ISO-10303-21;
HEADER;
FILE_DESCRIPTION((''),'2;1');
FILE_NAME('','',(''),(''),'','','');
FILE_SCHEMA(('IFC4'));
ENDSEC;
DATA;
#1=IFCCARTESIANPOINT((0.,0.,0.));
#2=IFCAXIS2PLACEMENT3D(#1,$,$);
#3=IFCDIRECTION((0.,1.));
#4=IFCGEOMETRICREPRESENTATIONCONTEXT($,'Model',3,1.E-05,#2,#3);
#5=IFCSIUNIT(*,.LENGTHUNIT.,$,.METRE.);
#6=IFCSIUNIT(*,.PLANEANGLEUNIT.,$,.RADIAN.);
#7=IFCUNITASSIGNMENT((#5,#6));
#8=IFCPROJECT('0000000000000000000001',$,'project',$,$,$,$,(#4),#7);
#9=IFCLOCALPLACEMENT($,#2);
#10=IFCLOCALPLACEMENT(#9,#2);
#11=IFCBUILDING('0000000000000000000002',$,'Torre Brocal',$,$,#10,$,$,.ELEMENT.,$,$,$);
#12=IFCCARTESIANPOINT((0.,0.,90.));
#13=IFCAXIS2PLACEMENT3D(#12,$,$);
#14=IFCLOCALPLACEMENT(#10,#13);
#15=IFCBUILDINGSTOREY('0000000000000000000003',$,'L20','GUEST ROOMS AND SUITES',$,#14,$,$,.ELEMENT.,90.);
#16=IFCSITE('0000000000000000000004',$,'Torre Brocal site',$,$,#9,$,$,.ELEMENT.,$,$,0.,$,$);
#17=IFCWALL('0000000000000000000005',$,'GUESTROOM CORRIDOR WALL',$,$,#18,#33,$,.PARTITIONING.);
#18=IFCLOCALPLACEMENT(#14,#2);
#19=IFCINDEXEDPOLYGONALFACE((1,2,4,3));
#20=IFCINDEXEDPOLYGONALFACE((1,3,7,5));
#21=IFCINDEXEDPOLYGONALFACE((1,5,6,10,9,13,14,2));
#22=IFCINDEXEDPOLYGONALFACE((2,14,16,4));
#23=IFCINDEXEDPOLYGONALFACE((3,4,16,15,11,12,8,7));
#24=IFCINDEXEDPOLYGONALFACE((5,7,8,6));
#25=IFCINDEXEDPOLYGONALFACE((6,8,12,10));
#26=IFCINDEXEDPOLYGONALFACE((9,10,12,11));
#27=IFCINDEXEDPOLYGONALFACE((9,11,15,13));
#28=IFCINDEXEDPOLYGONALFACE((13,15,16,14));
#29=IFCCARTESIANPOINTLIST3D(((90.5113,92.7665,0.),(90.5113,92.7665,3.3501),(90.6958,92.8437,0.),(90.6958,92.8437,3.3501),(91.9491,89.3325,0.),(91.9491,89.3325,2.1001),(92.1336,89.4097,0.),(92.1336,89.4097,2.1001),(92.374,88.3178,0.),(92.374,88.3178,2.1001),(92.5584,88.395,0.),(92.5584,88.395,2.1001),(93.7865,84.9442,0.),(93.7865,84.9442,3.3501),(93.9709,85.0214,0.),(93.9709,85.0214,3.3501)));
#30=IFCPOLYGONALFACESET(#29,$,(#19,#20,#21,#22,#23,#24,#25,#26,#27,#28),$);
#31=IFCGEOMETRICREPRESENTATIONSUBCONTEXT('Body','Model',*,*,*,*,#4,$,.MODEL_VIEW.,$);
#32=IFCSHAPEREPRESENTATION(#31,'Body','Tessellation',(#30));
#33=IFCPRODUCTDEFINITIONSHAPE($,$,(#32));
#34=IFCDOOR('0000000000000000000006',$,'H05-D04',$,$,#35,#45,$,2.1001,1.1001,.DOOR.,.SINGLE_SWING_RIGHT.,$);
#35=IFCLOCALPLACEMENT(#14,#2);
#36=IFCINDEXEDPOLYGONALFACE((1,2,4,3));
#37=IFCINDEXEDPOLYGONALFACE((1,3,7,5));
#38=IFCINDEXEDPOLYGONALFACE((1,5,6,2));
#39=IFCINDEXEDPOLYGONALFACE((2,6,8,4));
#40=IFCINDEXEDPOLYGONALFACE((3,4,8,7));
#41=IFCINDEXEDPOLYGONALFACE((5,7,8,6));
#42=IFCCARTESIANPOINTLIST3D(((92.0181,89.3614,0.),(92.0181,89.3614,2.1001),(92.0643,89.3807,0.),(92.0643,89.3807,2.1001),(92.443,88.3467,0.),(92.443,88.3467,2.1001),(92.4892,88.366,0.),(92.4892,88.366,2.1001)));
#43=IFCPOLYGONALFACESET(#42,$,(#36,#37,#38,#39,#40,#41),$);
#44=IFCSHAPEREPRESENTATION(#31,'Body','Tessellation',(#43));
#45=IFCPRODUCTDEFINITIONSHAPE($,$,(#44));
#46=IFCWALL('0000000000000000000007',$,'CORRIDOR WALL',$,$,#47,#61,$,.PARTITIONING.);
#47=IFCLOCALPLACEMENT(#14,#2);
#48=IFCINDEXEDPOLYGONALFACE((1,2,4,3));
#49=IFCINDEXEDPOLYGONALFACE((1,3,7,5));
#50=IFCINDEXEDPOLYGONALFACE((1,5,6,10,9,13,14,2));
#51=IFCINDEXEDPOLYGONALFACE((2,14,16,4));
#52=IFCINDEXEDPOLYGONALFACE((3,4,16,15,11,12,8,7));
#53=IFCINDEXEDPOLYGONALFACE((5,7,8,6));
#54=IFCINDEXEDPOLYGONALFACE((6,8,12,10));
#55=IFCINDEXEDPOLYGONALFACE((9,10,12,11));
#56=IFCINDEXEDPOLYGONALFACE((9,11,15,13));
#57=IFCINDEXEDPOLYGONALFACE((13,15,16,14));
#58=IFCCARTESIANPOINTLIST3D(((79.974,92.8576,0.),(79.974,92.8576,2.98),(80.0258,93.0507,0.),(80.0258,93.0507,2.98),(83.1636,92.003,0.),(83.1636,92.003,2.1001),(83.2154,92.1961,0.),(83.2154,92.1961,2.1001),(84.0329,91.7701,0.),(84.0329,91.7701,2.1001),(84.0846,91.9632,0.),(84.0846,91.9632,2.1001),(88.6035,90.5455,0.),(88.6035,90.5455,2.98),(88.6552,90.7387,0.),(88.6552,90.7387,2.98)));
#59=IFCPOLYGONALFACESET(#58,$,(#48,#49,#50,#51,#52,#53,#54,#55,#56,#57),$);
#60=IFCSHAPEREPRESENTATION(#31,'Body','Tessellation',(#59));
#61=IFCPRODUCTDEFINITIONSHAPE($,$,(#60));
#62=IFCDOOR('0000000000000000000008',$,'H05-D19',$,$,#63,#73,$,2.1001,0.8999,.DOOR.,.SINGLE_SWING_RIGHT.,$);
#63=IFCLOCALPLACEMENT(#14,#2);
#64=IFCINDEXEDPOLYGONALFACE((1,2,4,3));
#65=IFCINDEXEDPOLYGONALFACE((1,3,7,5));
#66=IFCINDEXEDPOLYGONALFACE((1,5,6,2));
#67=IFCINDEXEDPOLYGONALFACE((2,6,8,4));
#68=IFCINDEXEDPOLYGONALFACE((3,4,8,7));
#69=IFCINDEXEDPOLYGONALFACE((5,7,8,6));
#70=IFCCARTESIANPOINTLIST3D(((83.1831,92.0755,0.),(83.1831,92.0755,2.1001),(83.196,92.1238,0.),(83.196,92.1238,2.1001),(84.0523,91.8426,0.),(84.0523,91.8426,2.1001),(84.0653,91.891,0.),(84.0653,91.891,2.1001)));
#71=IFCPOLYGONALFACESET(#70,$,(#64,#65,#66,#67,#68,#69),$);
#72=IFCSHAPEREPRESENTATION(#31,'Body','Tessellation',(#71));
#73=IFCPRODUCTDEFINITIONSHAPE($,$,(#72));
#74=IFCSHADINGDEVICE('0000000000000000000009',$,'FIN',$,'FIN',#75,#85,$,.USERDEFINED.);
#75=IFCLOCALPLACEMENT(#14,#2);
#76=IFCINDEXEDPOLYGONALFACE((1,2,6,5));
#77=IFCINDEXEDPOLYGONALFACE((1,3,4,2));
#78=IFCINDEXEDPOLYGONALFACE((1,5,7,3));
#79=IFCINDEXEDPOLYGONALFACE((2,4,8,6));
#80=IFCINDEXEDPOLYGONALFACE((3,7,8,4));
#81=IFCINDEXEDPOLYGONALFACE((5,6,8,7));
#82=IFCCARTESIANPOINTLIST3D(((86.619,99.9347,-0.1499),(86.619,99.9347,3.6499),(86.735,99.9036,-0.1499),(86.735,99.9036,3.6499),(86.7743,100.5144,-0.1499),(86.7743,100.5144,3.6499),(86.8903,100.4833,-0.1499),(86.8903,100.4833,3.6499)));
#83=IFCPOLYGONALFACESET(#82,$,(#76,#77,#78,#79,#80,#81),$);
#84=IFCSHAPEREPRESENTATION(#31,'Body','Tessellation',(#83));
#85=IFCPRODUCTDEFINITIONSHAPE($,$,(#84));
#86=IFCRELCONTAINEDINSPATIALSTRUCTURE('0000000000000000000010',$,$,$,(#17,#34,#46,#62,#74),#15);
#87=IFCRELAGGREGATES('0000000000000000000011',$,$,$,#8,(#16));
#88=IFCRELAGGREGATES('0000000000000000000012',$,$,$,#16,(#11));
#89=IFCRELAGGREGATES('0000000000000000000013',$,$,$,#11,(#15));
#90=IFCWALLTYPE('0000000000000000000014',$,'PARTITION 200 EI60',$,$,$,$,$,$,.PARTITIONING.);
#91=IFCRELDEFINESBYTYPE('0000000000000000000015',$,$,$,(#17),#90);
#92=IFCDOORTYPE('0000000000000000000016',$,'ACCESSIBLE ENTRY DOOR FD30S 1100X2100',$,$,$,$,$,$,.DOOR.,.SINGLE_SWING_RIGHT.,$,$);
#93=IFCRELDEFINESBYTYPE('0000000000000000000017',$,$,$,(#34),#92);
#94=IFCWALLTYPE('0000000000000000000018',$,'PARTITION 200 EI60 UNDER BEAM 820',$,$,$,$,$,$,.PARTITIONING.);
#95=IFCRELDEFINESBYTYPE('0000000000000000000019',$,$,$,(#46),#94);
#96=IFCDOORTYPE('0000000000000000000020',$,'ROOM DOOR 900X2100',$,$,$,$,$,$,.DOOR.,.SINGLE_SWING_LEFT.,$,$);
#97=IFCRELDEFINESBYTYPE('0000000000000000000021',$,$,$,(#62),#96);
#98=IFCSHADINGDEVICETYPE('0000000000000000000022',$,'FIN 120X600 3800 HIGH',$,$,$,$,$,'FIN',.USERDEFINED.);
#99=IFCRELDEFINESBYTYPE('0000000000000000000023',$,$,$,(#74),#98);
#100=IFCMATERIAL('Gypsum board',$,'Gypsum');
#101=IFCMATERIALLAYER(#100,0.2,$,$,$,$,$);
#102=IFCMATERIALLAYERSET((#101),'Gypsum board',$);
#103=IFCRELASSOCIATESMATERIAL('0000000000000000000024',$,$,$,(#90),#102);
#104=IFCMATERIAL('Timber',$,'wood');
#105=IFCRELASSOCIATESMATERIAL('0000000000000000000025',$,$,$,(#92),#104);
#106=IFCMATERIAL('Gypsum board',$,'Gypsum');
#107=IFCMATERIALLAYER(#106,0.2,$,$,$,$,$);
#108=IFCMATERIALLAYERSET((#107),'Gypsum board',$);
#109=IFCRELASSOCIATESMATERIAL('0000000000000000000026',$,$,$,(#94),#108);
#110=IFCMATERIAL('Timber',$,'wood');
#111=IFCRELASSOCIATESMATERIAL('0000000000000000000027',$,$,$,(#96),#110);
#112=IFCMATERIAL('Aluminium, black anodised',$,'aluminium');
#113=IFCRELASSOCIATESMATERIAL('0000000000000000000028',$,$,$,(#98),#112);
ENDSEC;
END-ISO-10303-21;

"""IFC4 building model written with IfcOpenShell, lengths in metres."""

from ifc_helpers import new_model, si_unit, direction, frame, frame_2d, origin, origin_2d, place, context, subcontext, project, spatial, rectangle, extrude, material, layer, layer_set, material_profile, profile_set, type_object, element, fill, save


model = new_model("IFC4")

# Units and contexts
model_context = context("Model", 3, precision=1e-05, world=origin(), true_north=direction((0.0, 1.0)))
body_context = subcontext(model_context, "Body", "Model", "MODEL_VIEW")
ifc_project = project(units=[si_unit("LENGTHUNIT", "METRE"), si_unit("PLANEANGLEUNIT", "RADIAN")], contexts=[model_context])

# Site, building, storey
site_placement = place(None, origin())
site = spatial("IfcSite", under=ifc_project, at=site_placement, Name="Torre Brocal site", CompositionType="ELEMENT", RefElevation=0.0)
building_placement = place(site_placement, origin())
building = spatial("IfcBuilding", under=site, at=building_placement, Name="Torre Brocal", CompositionType="ELEMENT")
storey_placement = place(building_placement, frame((0.0, 0.0, 90.0)))
storey = spatial("IfcBuildingStorey", under=building, at=storey_placement, Name="L20", Description="GUEST ROOMS AND SUITES", CompositionType="ELEMENT", Elevation=90.0)

# Shared definitions
ifc_material_1 = material(Name="Gypsum board", Category="Gypsum")
ifc_layer_1 = layer(ifc_material_1, 0.2)
ifc_layer_set_1 = layer_set([ifc_layer_1], Name="Gypsum board")
wall_type_1 = type_object("IfcWallType", Name="PARTITION 200 EI60", PredefinedType="PARTITIONING", material=ifc_layer_set_1)

# Walls, openings, doors
wall_1_placement = place(storey_placement, frame((90.6035, 92.8052, 0.0), z_axis=(0.0, 0.0, 1.0), x_axis=(0.386209, -0.922411, 0.0)))
wall_1 = element("IfcWall", 1, at=wall_1_placement, inside=storey, type_object=wall_type_1, Name="GUESTROOM CORRIDOR WALL", PredefinedType="PARTITIONING", context=body_context, shape_type="SweptSolid", body=[
    extrude(rectangle(XDim=8.4802, YDim=0.2, at=frame_2d((4.2402, 0.0))), origin(), (0.0, 0.0, 1.0), 3.3501),
])
opening_1_placement = place(wall_1_placement, frame((3.7229, 0.0, 0.0)))
opening_1 = element("IfcOpeningElement", 2, at=opening_1_placement, cuts=wall_1, PredefinedType="OPENING", context=body_context, shape_type="SweptSolid", body=[
    extrude(rectangle(XDim=1.1001, YDim=2.1001, at=frame_2d((0.55, 1.05))), frame((0.0, 0.1099, 0.0), z_axis=(0.0, -1.0, 0.0), x_axis=(1.0, 0.0, 0.0)), (0.0, 0.0, 1.0), 0.22),
])
ifc_material_2 = material(Name="Timber", Category="wood")
door_type_1 = type_object("IfcDoorType", Name="ACCESSIBLE ENTRY DOOR FD30S 1100X2100", OperationType="SINGLE_SWING_RIGHT", PredefinedType="DOOR", material=ifc_material_2)
door_1_placement = place(opening_1_placement, origin())
door_1 = element("IfcDoor", 3, at=door_1_placement, inside=storey, type_object=door_type_1, Name="H05-D04", OperationType="SINGLE_SWING_RIGHT", OverallHeight=2.1001, OverallWidth=1.1001, PredefinedType="DOOR", context=body_context, shape_type="SweptSolid", body=[
    extrude(rectangle(XDim=1.1001, YDim=2.1001, at=frame_2d((0.55, 1.05))), frame((0.0, 0.0249, 0.0), z_axis=(0.0, -1.0, 0.0), x_axis=(1.0, 0.0, 0.0)), (0.0, 0.0, 1.0), 0.05),
])
fill(opening_1, door_1)
ifc_material_3 = material(Name="Gypsum board", Category="Gypsum")
ifc_layer_2 = layer(ifc_material_3, 0.2)
ifc_layer_set_2 = layer_set([ifc_layer_2], Name="Gypsum board")
wall_type_2 = type_object("IfcWallType", Name="PARTITION 200 EI60 UNDER BEAM 820", PredefinedType="PARTITIONING", material=ifc_layer_set_2)
wall_2_placement = place(storey_placement, frame((80.0, 92.9541, 0.0), z_axis=(0.0, 0.0, 1.0), x_axis=(0.965932, -0.258795, 0.0)))
wall_2 = element("IfcWall", 4, at=wall_2_placement, inside=storey, type_object=wall_type_2, Name="CORRIDOR WALL", PredefinedType="PARTITIONING", context=body_context, shape_type="SweptSolid", body=[
    extrude(rectangle(XDim=8.9338, YDim=0.2, at=frame_2d((4.4668, 0.0))), origin(), (0.0, 0.0, 1.0), 2.98),
])
opening_2_placement = place(wall_2_placement, frame((3.302, 0.0, 0.0)))
opening_2 = element("IfcOpeningElement", 5, at=opening_2_placement, cuts=wall_2, PredefinedType="OPENING", context=body_context, shape_type="SweptSolid", body=[
    extrude(rectangle(XDim=0.8999, YDim=2.1001, at=frame_2d((0.45, 1.05))), frame((0.0, 0.1099, 0.0), z_axis=(0.0, -1.0, 0.0), x_axis=(1.0, 0.0, 0.0)), (0.0, 0.0, 1.0), 0.22),
])
ifc_material_4 = material(Name="Timber", Category="wood")
door_type_2 = type_object("IfcDoorType", Name="ROOM DOOR 900X2100", OperationType="SINGLE_SWING_LEFT", PredefinedType="DOOR", material=ifc_material_4)
door_2_placement = place(opening_2_placement, frame((0.8999, 0.0, 0.0), z_axis=(0.0, 0.0, 1.0), x_axis=(-1.0, 0.0, 0.0)))
door_2 = element("IfcDoor", 6, at=door_2_placement, inside=storey, type_object=door_type_2, Name="H05-D19", OperationType="SINGLE_SWING_RIGHT", OverallHeight=2.1001, OverallWidth=0.8999, PredefinedType="DOOR", context=body_context, shape_type="SweptSolid", body=[
    extrude(rectangle(XDim=0.8999, YDim=2.1001, at=frame_2d((0.45, 1.05))), frame((0.0, 0.0249, 0.0), z_axis=(0.0, -1.0, 0.0), x_axis=(1.0, 0.0, 0.0)), (0.0, 0.0, 1.0), 0.05),
])
fill(opening_2, door_2)

# Shading device
ifc_material_5 = material(Name="Aluminium, black anodised", Category="aluminium")
ifc_material_profile_1 = material_profile(ifc_material_5, rectangle(XDim=0.1201, YDim=0.6001, at=origin_2d()), Name="FIN 120X600 3800 HIGH")
ifc_profile_set_1 = profile_set([ifc_material_profile_1], Name="Aluminium, black anodised")
shading_device_type = type_object("IfcShadingDeviceType", Name="FIN 120X600 3800 HIGH", ElementType="FIN", PredefinedType="USERDEFINED", material=ifc_profile_set_1)
shading_device_placement = place(storey_placement, frame((86.7546, 100.209, -0.1499), z_axis=(0.0, 0.0, 1.0), x_axis=(-0.965926, 0.258819, 0.0)))
element("IfcShadingDevice", 7, at=shading_device_placement, inside=storey, type_object=shading_device_type, Name="FIN", ObjectType="FIN", PredefinedType="USERDEFINED", context=body_context, shape_type="SweptSolid", body=[
    extrude(rectangle(XDim=0.1201, YDim=0.6001, at=origin_2d()), origin(), (0.0, 0.0, 1.0), 3.7998),
])

save(model, "model.ifc")
